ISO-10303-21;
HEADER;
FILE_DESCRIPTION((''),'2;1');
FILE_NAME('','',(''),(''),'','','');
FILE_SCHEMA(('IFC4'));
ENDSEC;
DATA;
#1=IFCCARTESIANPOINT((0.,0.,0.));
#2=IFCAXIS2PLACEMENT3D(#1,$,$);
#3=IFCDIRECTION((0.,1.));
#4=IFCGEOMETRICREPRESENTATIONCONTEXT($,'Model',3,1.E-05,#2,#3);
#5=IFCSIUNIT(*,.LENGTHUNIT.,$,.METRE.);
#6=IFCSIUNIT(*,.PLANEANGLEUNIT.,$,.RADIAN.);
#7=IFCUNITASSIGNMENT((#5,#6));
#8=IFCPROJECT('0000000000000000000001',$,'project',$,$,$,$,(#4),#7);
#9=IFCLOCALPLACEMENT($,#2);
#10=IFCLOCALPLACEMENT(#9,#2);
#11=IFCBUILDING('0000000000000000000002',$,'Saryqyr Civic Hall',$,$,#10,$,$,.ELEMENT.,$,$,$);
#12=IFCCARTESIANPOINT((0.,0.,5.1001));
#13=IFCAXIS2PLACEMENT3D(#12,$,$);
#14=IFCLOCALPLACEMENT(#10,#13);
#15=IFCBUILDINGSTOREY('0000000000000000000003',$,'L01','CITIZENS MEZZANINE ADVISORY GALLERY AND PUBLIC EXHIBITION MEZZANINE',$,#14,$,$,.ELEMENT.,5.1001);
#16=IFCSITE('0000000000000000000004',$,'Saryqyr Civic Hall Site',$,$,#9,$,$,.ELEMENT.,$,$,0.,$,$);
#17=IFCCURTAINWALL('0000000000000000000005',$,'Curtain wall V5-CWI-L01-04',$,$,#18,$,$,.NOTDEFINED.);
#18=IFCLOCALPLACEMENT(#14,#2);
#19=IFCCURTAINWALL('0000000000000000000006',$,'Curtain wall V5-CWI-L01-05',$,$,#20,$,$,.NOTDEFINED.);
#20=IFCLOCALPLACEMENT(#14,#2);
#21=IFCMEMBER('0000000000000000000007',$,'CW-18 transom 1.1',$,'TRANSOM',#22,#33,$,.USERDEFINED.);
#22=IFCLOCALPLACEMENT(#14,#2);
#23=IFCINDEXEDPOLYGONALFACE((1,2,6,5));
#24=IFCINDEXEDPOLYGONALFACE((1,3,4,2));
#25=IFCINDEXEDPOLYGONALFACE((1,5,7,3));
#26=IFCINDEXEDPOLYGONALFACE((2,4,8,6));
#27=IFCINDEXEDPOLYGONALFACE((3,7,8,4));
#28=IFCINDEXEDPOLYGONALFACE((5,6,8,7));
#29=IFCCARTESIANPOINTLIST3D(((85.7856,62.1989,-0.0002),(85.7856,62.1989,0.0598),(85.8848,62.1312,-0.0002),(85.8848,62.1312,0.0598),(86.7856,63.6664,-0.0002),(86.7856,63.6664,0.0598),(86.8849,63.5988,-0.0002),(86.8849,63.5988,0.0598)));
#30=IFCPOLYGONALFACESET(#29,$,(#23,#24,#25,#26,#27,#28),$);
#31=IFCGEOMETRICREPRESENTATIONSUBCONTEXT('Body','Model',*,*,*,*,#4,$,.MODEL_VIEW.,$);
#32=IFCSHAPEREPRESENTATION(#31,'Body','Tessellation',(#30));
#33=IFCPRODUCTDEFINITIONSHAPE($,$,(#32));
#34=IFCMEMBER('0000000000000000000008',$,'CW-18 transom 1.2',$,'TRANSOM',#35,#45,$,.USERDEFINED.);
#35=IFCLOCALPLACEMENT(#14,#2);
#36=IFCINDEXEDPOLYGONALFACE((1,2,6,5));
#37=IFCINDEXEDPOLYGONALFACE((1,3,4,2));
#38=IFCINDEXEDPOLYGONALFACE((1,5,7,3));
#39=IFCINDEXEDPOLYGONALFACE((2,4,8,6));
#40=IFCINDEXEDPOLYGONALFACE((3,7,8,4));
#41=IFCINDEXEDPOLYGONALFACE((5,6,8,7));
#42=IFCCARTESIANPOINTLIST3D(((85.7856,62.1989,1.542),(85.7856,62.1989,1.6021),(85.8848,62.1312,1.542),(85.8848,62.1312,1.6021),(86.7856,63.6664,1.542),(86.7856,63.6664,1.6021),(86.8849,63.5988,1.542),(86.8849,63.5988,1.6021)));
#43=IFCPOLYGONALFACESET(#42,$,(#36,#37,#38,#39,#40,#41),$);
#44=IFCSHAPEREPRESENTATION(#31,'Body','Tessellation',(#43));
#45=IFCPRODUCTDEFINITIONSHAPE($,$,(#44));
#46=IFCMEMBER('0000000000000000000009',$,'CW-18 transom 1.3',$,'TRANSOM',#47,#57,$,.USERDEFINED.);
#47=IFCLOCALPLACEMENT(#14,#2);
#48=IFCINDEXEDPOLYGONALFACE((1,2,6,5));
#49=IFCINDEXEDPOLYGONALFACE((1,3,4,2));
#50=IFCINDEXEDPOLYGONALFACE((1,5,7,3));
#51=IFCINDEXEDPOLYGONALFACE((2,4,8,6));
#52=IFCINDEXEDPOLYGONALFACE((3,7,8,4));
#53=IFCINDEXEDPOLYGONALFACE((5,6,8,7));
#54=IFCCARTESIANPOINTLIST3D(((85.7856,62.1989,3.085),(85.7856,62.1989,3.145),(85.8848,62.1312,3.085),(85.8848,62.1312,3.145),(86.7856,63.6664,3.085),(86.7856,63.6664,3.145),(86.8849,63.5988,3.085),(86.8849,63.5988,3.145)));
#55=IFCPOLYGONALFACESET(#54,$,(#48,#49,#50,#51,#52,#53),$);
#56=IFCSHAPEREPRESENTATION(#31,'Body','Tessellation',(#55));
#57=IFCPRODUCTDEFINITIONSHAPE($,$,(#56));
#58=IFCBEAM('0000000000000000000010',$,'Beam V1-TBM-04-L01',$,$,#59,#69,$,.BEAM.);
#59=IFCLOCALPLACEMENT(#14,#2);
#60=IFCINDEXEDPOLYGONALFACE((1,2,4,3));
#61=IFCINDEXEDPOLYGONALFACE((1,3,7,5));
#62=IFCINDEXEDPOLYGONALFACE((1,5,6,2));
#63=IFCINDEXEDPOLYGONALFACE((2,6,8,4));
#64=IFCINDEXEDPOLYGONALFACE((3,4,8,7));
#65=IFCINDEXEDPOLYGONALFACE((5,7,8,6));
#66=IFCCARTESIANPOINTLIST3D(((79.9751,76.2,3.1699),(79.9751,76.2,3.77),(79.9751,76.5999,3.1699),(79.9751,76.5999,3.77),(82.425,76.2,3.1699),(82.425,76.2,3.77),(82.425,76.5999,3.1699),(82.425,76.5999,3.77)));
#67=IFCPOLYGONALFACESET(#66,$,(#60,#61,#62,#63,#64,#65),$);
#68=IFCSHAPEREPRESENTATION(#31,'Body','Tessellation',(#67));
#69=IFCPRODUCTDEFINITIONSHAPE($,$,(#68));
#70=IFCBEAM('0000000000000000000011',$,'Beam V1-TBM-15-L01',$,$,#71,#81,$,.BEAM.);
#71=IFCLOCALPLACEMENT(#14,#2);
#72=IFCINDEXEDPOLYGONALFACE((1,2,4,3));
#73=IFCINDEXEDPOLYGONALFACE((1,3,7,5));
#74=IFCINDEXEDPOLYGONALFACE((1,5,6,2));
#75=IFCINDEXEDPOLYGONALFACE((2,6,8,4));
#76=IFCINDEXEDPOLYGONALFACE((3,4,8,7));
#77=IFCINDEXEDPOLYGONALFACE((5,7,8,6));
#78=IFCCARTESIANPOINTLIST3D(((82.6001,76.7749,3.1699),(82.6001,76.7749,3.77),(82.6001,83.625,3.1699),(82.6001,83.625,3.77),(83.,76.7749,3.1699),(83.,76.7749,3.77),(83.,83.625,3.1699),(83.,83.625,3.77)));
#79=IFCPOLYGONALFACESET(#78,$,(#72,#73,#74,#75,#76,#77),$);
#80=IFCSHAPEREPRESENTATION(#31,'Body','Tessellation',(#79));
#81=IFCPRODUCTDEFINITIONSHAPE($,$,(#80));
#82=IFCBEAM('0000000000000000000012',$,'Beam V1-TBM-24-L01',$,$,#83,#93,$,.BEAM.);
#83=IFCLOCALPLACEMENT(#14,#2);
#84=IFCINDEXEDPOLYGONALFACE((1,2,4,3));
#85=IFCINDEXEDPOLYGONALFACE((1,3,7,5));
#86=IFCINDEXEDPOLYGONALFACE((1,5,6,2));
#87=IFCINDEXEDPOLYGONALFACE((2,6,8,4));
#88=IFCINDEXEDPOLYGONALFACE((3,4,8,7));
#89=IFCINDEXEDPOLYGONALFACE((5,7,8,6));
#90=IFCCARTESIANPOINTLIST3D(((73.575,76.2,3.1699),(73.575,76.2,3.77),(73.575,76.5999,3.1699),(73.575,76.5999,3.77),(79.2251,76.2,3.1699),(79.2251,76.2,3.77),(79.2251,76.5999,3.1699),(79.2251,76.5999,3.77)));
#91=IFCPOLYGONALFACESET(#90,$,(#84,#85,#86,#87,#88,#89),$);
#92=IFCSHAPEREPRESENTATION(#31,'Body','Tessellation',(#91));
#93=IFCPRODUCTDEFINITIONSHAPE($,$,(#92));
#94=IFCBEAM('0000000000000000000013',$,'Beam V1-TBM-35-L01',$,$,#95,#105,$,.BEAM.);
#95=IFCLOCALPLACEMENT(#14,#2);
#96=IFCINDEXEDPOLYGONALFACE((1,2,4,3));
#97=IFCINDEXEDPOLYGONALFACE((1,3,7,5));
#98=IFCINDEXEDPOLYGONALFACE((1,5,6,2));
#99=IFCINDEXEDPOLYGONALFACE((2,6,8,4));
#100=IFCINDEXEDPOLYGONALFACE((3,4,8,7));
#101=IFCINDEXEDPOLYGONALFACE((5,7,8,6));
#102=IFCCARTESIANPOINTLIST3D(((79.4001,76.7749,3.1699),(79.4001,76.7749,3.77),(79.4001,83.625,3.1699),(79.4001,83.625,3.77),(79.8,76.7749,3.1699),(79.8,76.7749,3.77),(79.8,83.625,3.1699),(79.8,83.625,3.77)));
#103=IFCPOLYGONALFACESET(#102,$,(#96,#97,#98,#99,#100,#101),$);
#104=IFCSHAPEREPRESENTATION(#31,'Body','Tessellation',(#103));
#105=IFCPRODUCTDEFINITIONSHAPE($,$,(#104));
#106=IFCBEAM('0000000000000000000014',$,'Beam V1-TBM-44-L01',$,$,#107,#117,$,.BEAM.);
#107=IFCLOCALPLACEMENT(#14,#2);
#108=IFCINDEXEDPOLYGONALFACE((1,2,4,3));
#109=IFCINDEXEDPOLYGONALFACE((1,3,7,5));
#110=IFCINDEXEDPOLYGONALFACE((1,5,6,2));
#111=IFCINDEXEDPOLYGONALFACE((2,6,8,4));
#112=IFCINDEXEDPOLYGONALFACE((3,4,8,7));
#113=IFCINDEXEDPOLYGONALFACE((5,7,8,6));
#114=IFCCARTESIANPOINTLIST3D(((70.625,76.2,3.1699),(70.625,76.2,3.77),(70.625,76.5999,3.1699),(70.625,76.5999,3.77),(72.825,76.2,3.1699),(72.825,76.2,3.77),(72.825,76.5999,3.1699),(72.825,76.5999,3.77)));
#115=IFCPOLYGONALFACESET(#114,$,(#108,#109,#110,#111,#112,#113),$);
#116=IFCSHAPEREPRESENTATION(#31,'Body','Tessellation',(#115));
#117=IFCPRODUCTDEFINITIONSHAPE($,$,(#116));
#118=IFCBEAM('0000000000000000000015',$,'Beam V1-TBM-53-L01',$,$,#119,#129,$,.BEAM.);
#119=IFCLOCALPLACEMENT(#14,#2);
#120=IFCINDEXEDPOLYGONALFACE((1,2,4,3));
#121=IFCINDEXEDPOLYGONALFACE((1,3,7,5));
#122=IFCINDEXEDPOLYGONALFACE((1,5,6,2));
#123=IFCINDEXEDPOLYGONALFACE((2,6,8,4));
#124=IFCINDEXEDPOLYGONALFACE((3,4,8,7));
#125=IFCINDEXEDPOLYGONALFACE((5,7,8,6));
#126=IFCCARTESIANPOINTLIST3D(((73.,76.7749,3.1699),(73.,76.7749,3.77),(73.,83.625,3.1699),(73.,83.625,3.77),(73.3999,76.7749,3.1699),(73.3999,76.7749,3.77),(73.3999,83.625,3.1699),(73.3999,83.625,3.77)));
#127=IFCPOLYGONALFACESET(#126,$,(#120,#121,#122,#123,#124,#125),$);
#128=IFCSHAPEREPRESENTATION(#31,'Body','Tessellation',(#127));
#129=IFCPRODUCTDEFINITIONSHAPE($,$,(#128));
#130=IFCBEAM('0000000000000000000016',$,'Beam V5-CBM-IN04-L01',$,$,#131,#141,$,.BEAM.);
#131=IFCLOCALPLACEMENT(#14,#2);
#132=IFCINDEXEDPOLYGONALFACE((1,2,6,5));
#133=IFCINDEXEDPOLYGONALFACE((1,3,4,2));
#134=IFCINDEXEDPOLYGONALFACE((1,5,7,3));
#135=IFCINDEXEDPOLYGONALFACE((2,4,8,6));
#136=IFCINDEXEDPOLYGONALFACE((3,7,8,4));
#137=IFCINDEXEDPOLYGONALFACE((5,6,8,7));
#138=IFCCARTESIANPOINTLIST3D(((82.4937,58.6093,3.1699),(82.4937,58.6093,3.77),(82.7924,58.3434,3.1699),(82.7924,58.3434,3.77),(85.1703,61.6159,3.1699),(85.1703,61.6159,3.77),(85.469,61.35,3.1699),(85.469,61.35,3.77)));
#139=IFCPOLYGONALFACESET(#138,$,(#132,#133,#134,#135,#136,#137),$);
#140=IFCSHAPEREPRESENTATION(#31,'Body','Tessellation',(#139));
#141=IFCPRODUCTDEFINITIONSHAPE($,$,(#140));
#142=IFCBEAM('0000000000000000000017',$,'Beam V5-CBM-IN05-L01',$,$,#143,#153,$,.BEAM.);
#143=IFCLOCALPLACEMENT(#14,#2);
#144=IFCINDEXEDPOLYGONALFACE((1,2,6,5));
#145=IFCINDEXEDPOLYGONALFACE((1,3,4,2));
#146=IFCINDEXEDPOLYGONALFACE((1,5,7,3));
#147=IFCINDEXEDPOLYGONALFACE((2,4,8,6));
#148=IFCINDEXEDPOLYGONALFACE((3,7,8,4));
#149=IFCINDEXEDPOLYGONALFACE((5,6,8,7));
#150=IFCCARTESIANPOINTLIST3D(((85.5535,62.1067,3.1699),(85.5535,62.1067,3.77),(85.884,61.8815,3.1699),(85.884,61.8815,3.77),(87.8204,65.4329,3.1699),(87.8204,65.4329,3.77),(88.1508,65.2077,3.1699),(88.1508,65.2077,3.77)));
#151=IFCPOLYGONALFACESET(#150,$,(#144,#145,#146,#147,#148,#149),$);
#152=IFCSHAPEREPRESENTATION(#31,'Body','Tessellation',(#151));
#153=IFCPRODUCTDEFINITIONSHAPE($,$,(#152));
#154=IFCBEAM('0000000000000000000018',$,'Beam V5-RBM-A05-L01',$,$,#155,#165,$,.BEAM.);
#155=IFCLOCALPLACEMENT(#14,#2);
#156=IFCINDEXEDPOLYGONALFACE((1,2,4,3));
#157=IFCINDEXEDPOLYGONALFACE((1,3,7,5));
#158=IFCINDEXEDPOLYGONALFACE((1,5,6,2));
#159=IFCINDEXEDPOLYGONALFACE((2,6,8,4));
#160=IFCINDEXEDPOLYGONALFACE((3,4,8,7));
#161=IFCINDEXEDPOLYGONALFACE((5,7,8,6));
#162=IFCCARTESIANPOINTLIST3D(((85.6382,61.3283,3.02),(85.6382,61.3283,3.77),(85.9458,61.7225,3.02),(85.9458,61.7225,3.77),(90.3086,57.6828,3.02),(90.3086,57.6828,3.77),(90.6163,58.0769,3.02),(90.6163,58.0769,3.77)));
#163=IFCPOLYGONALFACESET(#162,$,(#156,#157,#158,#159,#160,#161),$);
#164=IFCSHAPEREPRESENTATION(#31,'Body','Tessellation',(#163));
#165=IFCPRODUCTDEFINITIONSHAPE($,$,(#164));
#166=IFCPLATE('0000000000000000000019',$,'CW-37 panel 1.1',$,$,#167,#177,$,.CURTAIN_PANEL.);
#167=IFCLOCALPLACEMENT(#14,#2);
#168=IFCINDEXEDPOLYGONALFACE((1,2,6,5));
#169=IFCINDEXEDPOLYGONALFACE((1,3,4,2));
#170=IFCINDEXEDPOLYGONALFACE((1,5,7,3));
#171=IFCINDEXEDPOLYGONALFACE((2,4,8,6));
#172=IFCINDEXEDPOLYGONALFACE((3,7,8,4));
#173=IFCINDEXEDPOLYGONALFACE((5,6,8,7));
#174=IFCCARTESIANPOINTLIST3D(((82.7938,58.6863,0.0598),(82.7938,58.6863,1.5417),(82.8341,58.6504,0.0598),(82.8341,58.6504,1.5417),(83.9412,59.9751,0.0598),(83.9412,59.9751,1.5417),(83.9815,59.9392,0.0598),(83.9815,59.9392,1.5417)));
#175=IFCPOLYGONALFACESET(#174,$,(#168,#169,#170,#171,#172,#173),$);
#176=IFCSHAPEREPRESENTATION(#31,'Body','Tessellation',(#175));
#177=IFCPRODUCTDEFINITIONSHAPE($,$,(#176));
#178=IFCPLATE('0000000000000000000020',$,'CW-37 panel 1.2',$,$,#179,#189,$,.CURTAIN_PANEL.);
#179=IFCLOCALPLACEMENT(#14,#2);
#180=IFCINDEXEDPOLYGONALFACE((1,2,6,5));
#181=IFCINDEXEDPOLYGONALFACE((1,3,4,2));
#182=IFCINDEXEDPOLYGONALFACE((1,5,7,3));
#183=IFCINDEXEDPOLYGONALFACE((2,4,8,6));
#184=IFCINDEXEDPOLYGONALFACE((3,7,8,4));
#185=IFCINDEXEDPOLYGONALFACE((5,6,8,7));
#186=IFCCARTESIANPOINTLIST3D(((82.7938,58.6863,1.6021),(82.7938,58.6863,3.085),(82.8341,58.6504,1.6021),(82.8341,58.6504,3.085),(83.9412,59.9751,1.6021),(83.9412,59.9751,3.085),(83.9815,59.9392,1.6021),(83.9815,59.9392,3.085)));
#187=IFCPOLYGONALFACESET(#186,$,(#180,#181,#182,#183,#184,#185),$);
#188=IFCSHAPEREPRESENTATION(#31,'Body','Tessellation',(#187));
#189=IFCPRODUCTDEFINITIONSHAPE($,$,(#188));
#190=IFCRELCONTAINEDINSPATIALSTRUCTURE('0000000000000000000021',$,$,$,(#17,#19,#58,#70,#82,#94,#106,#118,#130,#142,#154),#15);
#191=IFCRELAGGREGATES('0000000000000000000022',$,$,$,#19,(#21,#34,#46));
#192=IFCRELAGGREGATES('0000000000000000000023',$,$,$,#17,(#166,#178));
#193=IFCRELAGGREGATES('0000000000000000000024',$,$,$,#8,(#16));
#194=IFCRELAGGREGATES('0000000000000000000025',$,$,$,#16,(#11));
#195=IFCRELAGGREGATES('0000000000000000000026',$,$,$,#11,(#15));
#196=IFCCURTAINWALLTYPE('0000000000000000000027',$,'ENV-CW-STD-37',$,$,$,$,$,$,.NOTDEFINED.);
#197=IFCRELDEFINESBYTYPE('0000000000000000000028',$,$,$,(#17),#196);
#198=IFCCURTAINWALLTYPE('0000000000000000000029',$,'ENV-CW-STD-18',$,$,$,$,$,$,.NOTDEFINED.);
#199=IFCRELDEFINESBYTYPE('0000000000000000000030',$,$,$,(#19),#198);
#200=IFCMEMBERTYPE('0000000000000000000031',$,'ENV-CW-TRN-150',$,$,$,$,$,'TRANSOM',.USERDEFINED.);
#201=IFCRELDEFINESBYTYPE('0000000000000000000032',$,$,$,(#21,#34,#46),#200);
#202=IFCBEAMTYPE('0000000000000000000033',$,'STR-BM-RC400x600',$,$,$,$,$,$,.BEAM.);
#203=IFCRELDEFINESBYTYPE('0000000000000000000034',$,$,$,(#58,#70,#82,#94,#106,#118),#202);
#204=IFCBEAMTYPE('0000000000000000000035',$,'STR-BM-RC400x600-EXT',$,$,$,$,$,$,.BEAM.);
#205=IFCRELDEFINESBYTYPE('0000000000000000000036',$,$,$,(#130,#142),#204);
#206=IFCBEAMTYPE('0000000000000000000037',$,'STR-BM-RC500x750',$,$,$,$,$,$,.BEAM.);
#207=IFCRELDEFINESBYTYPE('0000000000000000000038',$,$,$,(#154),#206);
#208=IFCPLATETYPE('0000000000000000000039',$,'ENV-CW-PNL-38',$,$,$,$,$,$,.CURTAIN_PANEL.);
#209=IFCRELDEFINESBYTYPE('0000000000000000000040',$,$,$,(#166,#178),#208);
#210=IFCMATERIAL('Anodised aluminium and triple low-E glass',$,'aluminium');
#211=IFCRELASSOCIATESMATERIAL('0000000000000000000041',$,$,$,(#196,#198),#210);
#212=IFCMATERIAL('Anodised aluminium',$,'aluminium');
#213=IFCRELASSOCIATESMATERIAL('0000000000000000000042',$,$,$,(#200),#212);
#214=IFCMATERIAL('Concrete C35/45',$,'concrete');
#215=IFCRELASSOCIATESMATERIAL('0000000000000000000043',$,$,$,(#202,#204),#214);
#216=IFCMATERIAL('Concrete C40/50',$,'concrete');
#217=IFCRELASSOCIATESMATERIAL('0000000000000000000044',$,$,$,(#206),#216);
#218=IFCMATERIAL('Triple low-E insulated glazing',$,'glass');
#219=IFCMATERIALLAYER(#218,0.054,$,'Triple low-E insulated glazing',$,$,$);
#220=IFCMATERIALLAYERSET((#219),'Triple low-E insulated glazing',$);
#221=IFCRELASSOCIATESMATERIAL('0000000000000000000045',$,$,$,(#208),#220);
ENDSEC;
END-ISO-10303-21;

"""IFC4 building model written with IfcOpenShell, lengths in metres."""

from ifc_helpers import new_model, si_unit, direction, frame, origin, origin_2d, place, context, subcontext, project, spatial, rectangle, extrude, material, layer, layer_set, material_profile, profile_set, type_object, element, aggregate, save


model = new_model("IFC4")

# Units and contexts
model_context = context("Model", 3, precision=1e-05, world=origin(), true_north=direction((0.0, 1.0)))
body_context = subcontext(model_context, "Body", "Model", "MODEL_VIEW")
ifc_project = project(units=[si_unit("LENGTHUNIT", "METRE"), si_unit("PLANEANGLEUNIT", "RADIAN")], contexts=[model_context])

# Site, building, storey
site_placement = place(None, origin())
site = spatial("IfcSite", under=ifc_project, at=site_placement, Name="Saryqyr Civic Hall Site", CompositionType="ELEMENT", RefElevation=0.0)
building_placement = place(site_placement, origin())
building = spatial("IfcBuilding", under=site, at=building_placement, Name="Saryqyr Civic Hall", CompositionType="ELEMENT")
storey_placement = place(building_placement, frame((0.0, 0.0, 5.1001)))
storey = spatial("IfcBuildingStorey", under=building, at=storey_placement, Name="L01", Description="CITIZENS MEZZANINE ADVISORY GALLERY AND PUBLIC EXHIBITION MEZZANINE", CompositionType="ELEMENT", Elevation=5.1001)

# Shared definitions
ifc_material_1 = material(Name="Concrete C40/50", Category="concrete")

# Curtain wall
ifc_material_2 = material(Name="Anodised aluminium and triple low-E glass", Category="aluminium")
curtain_wall_type_1 = type_object("IfcCurtainWallType", Name="ENV-CW-STD-37", PredefinedType="NOTDEFINED", material=ifc_material_2)
curtain_wall_1_placement = place(storey_placement, origin())
curtain_wall_1 = element("IfcCurtainWall", 1, at=curtain_wall_1_placement, inside=storey, type_object=curtain_wall_type_1, Name="Curtain wall V5-CWI-L01-04", PredefinedType="NOTDEFINED")
ifc_material_3 = material(Name="Anodised aluminium", Category="aluminium")

# Curtain wall
curtain_wall_type_2 = type_object("IfcCurtainWallType", Name="ENV-CW-STD-18", PredefinedType="NOTDEFINED", material=ifc_material_2)
curtain_wall_2_placement = place(storey_placement, origin())
curtain_wall_2 = element("IfcCurtainWall", 2, at=curtain_wall_2_placement, inside=storey, type_object=curtain_wall_type_2, Name="Curtain wall V5-CWI-L01-05", PredefinedType="NOTDEFINED")

# Members
ifc_material_profile_1 = material_profile(ifc_material_3, rectangle(XDim=0.1201, YDim=0.0601, at=origin_2d()), Name="ALU TRANSOM 120x60")
ifc_profile_set_1 = profile_set([ifc_material_profile_1], Name="Anodised aluminium")
member_type_1 = type_object("IfcMemberType", Name="ENV-CW-TRN-150", ElementType="TRANSOM", PredefinedType="USERDEFINED", material=ifc_profile_set_1)
member_1_placement = place(storey_placement, frame((85.8352, 62.165, 0.0298), z_axis=(0.563111, 0.826381, 0.0), x_axis=(-0.826381, 0.563111, 0.0)))
member_1 = element("IfcMember", 3, at=member_1_placement, type_object=member_type_1, Name="CW-18 transom 1.1", ObjectType="TRANSOM", PredefinedType="USERDEFINED", context=body_context, shape_type="SweptSolid", body=[
    extrude(rectangle(XDim=0.1201, YDim=0.0601, at=origin_2d()), origin(), (0.0, 0.0, 1.0), 1.7759),
])
member_2_placement = place(storey_placement, frame((85.8352, 62.165, 1.572), z_axis=(0.563111, 0.826381, 0.0), x_axis=(-0.826381, 0.563111, 0.0)))
member_2 = element("IfcMember", 4, at=member_2_placement, type_object=member_type_1, Name="CW-18 transom 1.2", ObjectType="TRANSOM", PredefinedType="USERDEFINED", context=body_context, shape_type="SweptSolid", body=[
    extrude(rectangle(XDim=0.1201, YDim=0.0601, at=origin_2d()), origin(), (0.0, 0.0, 1.0), 1.7759),
])
member_3_placement = place(storey_placement, frame((85.8352, 62.165, 3.115), z_axis=(0.563111, 0.826381, 0.0), x_axis=(-0.826381, 0.563111, 0.0)))
member_3 = element("IfcMember", 5, at=member_3_placement, type_object=member_type_1, Name="CW-18 transom 1.3", ObjectType="TRANSOM", PredefinedType="USERDEFINED", context=body_context, shape_type="SweptSolid", body=[
    extrude(rectangle(XDim=0.1201, YDim=0.0601, at=origin_2d()), origin(), (0.0, 0.0, 1.0), 1.7759),
])
aggregate(curtain_wall_2, [member_1, member_2, member_3])

# Beams
ifc_material_4 = material(Name="Concrete C35/45", Category="concrete")
ifc_material_profile_2 = material_profile(ifc_material_4, rectangle(XDim=0.3999, YDim=0.6001, at=origin_2d()), Name="RC 400x600")
ifc_profile_set_2 = profile_set([ifc_material_profile_2], Name="Concrete C35/45")
beam_type_1 = type_object("IfcBeamType", Name="STR-BM-RC400x600", PredefinedType="BEAM", material=ifc_profile_set_2)
beam_1_placement = place(storey_placement, frame((79.9751, 76.3999, 3.47), z_axis=(1.0, 0.0, 0.0), x_axis=(0.0, 1.0, 0.0)))
element("IfcBeam", 6, at=beam_1_placement, inside=storey, type_object=beam_type_1, Name="Beam V1-TBM-04-L01", PredefinedType="BEAM", context=body_context, shape_type="SweptSolid", body=[
    extrude(rectangle(XDim=0.3999, YDim=0.6001, at=origin_2d()), origin(), (0.0, 0.0, 1.0), 2.45),
])
beam_2_placement = place(storey_placement, frame((82.8, 76.7749, 3.47), z_axis=(0.0, 1.0, 0.0), x_axis=(-1.0, 0.0, 0.0)))
element("IfcBeam", 7, at=beam_2_placement, inside=storey, type_object=beam_type_1, Name="Beam V1-TBM-15-L01", PredefinedType="BEAM", context=body_context, shape_type="SweptSolid", body=[
    extrude(rectangle(XDim=0.3999, YDim=0.6001, at=origin_2d()), origin(), (0.0, 0.0, 1.0), 6.8501),
])
beam_3_placement = place(storey_placement, frame((73.575, 76.3999, 3.47), z_axis=(1.0, 0.0, 0.0), x_axis=(0.0, 1.0, 0.0)))
element("IfcBeam", 8, at=beam_3_placement, inside=storey, type_object=beam_type_1, Name="Beam V1-TBM-24-L01", PredefinedType="BEAM", context=body_context, shape_type="SweptSolid", body=[
    extrude(rectangle(XDim=0.3999, YDim=0.6001, at=origin_2d()), origin(), (0.0, 0.0, 1.0), 5.6501),
])
beam_4_placement = place(storey_placement, frame((79.6001, 76.7749, 3.47), z_axis=(0.0, 1.0, 0.0), x_axis=(-1.0, 0.0, 0.0)))
element("IfcBeam", 9, at=beam_4_placement, inside=storey, type_object=beam_type_1, Name="Beam V1-TBM-35-L01", PredefinedType="BEAM", context=body_context, shape_type="SweptSolid", body=[
    extrude(rectangle(XDim=0.3999, YDim=0.6001, at=origin_2d()), origin(), (0.0, 0.0, 1.0), 6.8501),
])
beam_5_placement = place(storey_placement, frame((70.625, 76.3999, 3.47), z_axis=(1.0, 0.0, 0.0), x_axis=(0.0, 1.0, 0.0)))
element("IfcBeam", 10, at=beam_5_placement, inside=storey, type_object=beam_type_1, Name="Beam V1-TBM-44-L01", PredefinedType="BEAM", context=body_context, shape_type="SweptSolid", body=[
    extrude(rectangle(XDim=0.3999, YDim=0.6001, at=origin_2d()), origin(), (0.0, 0.0, 1.0), 2.2),
])
beam_6_placement = place(storey_placement, frame((73.2, 76.7749, 3.47), z_axis=(0.0, 1.0, 0.0), x_axis=(-1.0, 0.0, 0.0)))
element("IfcBeam", 11, at=beam_6_placement, inside=storey, type_object=beam_type_1, Name="Beam V1-TBM-53-L01", PredefinedType="BEAM", context=body_context, shape_type="SweptSolid", body=[
    extrude(rectangle(XDim=0.3999, YDim=0.6001, at=origin_2d()), origin(), (0.0, 0.0, 1.0), 6.8501),
])
ifc_material_profile_3 = material_profile(ifc_material_4, rectangle(XDim=0.3999, YDim=0.6001, at=origin_2d()), Name="RC 400x600")
ifc_profile_set_3 = profile_set([ifc_material_profile_3], Name="Concrete C35/45")
beam_type_2 = type_object("IfcBeamType", Name="STR-BM-RC400x600-EXT", PredefinedType="BEAM", material=ifc_profile_set_3)
beam_7_placement = place(storey_placement, frame((82.6431, 58.4763, 3.47), z_axis=(0.664917, 0.746917, 0.0), x_axis=(-0.746917, 0.664917, 0.0)))
element("IfcBeam", 12, at=beam_7_placement, inside=storey, type_object=beam_type_2, Name="Beam V5-CBM-IN04-L01", PredefinedType="BEAM", context=body_context, shape_type="SweptSolid", body=[
    extrude(rectangle(XDim=0.3999, YDim=0.6001, at=origin_2d()), origin(), (0.0, 0.0, 1.0), 4.0254),
])
beam_8_placement = place(storey_placement, frame((85.7188, 61.9941, 3.47), z_axis=(0.563167, 0.826343, 0.0), x_axis=(-0.826343, 0.563167, 0.0)))
element("IfcBeam", 13, at=beam_8_placement, inside=storey, type_object=beam_type_2, Name="Beam V5-CBM-IN05-L01", PredefinedType="BEAM", context=body_context, shape_type="SweptSolid", body=[
    extrude(rectangle(XDim=0.3999, YDim=0.6001, at=origin_2d()), origin(), (0.0, 0.0, 1.0), 4.0251),
])
ifc_material_profile_4 = material_profile(ifc_material_1, rectangle(XDim=0.5, YDim=0.75, at=origin_2d()), Name="RC 500x750")
ifc_profile_set_4 = profile_set([ifc_material_profile_4], Name="Concrete C40/50")
beam_type_3 = type_object("IfcBeamType", Name="STR-BM-RC500x750", PredefinedType="BEAM", material=ifc_profile_set_4)
beam_9_placement = place(storey_placement, frame((85.792, 61.5254, 3.395), z_axis=(0.78829, -0.615303, 0.0), x_axis=(0.615303, 0.78829, 0.0)))
element("IfcBeam", 14, at=beam_9_placement, inside=storey, type_object=beam_type_3, Name="Beam V5-RBM-A05-L01", PredefinedType="BEAM", context=body_context, shape_type="SweptSolid", body=[
    extrude(rectangle(XDim=0.5, YDim=0.75, at=origin_2d()), origin(), (0.0, 0.0, 1.0), 5.9248),
])

# Plates
ifc_material_5 = material(Name="Triple low-E insulated glazing", Category="glass")
ifc_layer_1 = layer(ifc_material_5, 0.054, Name="Triple low-E insulated glazing")
ifc_layer_set_1 = layer_set([ifc_layer_1], Name="Triple low-E insulated glazing")
plate_type = type_object("IfcPlateType", Name="ENV-CW-PNL-38", PredefinedType="CURTAIN_PANEL", material=ifc_layer_set_1)
plate_1_placement = place(storey_placement, frame((83.3877, 59.3127, 0.0598), z_axis=(0.0, 0.0, 1.0), x_axis=(0.664938, 0.746899, 0.0)))
plate_1 = element("IfcPlate", 15, at=plate_1_placement, type_object=plate_type, Name="CW-37 panel 1.1", PredefinedType="CURTAIN_PANEL", context=body_context, shape_type="SweptSolid", body=[
    extrude(rectangle(XDim=1.7256, YDim=0.054, at=origin_2d()), origin(), (0.0, 0.0, 1.0), 1.4819),
])
plate_2_placement = place(storey_placement, frame((83.3877, 59.3127, 1.6021), z_axis=(0.0, 0.0, 1.0), x_axis=(0.664938, 0.746899, 0.0)))
plate_2 = element("IfcPlate", 16, at=plate_2_placement, type_object=plate_type, Name="CW-37 panel 1.2", PredefinedType="CURTAIN_PANEL", context=body_context, shape_type="SweptSolid", body=[
    extrude(rectangle(XDim=1.7256, YDim=0.054, at=origin_2d()), origin(), (0.0, 0.0, 1.0), 1.4829),
])
aggregate(curtain_wall_1, [plate_1, plate_2])

save(model, "model.ifc")
